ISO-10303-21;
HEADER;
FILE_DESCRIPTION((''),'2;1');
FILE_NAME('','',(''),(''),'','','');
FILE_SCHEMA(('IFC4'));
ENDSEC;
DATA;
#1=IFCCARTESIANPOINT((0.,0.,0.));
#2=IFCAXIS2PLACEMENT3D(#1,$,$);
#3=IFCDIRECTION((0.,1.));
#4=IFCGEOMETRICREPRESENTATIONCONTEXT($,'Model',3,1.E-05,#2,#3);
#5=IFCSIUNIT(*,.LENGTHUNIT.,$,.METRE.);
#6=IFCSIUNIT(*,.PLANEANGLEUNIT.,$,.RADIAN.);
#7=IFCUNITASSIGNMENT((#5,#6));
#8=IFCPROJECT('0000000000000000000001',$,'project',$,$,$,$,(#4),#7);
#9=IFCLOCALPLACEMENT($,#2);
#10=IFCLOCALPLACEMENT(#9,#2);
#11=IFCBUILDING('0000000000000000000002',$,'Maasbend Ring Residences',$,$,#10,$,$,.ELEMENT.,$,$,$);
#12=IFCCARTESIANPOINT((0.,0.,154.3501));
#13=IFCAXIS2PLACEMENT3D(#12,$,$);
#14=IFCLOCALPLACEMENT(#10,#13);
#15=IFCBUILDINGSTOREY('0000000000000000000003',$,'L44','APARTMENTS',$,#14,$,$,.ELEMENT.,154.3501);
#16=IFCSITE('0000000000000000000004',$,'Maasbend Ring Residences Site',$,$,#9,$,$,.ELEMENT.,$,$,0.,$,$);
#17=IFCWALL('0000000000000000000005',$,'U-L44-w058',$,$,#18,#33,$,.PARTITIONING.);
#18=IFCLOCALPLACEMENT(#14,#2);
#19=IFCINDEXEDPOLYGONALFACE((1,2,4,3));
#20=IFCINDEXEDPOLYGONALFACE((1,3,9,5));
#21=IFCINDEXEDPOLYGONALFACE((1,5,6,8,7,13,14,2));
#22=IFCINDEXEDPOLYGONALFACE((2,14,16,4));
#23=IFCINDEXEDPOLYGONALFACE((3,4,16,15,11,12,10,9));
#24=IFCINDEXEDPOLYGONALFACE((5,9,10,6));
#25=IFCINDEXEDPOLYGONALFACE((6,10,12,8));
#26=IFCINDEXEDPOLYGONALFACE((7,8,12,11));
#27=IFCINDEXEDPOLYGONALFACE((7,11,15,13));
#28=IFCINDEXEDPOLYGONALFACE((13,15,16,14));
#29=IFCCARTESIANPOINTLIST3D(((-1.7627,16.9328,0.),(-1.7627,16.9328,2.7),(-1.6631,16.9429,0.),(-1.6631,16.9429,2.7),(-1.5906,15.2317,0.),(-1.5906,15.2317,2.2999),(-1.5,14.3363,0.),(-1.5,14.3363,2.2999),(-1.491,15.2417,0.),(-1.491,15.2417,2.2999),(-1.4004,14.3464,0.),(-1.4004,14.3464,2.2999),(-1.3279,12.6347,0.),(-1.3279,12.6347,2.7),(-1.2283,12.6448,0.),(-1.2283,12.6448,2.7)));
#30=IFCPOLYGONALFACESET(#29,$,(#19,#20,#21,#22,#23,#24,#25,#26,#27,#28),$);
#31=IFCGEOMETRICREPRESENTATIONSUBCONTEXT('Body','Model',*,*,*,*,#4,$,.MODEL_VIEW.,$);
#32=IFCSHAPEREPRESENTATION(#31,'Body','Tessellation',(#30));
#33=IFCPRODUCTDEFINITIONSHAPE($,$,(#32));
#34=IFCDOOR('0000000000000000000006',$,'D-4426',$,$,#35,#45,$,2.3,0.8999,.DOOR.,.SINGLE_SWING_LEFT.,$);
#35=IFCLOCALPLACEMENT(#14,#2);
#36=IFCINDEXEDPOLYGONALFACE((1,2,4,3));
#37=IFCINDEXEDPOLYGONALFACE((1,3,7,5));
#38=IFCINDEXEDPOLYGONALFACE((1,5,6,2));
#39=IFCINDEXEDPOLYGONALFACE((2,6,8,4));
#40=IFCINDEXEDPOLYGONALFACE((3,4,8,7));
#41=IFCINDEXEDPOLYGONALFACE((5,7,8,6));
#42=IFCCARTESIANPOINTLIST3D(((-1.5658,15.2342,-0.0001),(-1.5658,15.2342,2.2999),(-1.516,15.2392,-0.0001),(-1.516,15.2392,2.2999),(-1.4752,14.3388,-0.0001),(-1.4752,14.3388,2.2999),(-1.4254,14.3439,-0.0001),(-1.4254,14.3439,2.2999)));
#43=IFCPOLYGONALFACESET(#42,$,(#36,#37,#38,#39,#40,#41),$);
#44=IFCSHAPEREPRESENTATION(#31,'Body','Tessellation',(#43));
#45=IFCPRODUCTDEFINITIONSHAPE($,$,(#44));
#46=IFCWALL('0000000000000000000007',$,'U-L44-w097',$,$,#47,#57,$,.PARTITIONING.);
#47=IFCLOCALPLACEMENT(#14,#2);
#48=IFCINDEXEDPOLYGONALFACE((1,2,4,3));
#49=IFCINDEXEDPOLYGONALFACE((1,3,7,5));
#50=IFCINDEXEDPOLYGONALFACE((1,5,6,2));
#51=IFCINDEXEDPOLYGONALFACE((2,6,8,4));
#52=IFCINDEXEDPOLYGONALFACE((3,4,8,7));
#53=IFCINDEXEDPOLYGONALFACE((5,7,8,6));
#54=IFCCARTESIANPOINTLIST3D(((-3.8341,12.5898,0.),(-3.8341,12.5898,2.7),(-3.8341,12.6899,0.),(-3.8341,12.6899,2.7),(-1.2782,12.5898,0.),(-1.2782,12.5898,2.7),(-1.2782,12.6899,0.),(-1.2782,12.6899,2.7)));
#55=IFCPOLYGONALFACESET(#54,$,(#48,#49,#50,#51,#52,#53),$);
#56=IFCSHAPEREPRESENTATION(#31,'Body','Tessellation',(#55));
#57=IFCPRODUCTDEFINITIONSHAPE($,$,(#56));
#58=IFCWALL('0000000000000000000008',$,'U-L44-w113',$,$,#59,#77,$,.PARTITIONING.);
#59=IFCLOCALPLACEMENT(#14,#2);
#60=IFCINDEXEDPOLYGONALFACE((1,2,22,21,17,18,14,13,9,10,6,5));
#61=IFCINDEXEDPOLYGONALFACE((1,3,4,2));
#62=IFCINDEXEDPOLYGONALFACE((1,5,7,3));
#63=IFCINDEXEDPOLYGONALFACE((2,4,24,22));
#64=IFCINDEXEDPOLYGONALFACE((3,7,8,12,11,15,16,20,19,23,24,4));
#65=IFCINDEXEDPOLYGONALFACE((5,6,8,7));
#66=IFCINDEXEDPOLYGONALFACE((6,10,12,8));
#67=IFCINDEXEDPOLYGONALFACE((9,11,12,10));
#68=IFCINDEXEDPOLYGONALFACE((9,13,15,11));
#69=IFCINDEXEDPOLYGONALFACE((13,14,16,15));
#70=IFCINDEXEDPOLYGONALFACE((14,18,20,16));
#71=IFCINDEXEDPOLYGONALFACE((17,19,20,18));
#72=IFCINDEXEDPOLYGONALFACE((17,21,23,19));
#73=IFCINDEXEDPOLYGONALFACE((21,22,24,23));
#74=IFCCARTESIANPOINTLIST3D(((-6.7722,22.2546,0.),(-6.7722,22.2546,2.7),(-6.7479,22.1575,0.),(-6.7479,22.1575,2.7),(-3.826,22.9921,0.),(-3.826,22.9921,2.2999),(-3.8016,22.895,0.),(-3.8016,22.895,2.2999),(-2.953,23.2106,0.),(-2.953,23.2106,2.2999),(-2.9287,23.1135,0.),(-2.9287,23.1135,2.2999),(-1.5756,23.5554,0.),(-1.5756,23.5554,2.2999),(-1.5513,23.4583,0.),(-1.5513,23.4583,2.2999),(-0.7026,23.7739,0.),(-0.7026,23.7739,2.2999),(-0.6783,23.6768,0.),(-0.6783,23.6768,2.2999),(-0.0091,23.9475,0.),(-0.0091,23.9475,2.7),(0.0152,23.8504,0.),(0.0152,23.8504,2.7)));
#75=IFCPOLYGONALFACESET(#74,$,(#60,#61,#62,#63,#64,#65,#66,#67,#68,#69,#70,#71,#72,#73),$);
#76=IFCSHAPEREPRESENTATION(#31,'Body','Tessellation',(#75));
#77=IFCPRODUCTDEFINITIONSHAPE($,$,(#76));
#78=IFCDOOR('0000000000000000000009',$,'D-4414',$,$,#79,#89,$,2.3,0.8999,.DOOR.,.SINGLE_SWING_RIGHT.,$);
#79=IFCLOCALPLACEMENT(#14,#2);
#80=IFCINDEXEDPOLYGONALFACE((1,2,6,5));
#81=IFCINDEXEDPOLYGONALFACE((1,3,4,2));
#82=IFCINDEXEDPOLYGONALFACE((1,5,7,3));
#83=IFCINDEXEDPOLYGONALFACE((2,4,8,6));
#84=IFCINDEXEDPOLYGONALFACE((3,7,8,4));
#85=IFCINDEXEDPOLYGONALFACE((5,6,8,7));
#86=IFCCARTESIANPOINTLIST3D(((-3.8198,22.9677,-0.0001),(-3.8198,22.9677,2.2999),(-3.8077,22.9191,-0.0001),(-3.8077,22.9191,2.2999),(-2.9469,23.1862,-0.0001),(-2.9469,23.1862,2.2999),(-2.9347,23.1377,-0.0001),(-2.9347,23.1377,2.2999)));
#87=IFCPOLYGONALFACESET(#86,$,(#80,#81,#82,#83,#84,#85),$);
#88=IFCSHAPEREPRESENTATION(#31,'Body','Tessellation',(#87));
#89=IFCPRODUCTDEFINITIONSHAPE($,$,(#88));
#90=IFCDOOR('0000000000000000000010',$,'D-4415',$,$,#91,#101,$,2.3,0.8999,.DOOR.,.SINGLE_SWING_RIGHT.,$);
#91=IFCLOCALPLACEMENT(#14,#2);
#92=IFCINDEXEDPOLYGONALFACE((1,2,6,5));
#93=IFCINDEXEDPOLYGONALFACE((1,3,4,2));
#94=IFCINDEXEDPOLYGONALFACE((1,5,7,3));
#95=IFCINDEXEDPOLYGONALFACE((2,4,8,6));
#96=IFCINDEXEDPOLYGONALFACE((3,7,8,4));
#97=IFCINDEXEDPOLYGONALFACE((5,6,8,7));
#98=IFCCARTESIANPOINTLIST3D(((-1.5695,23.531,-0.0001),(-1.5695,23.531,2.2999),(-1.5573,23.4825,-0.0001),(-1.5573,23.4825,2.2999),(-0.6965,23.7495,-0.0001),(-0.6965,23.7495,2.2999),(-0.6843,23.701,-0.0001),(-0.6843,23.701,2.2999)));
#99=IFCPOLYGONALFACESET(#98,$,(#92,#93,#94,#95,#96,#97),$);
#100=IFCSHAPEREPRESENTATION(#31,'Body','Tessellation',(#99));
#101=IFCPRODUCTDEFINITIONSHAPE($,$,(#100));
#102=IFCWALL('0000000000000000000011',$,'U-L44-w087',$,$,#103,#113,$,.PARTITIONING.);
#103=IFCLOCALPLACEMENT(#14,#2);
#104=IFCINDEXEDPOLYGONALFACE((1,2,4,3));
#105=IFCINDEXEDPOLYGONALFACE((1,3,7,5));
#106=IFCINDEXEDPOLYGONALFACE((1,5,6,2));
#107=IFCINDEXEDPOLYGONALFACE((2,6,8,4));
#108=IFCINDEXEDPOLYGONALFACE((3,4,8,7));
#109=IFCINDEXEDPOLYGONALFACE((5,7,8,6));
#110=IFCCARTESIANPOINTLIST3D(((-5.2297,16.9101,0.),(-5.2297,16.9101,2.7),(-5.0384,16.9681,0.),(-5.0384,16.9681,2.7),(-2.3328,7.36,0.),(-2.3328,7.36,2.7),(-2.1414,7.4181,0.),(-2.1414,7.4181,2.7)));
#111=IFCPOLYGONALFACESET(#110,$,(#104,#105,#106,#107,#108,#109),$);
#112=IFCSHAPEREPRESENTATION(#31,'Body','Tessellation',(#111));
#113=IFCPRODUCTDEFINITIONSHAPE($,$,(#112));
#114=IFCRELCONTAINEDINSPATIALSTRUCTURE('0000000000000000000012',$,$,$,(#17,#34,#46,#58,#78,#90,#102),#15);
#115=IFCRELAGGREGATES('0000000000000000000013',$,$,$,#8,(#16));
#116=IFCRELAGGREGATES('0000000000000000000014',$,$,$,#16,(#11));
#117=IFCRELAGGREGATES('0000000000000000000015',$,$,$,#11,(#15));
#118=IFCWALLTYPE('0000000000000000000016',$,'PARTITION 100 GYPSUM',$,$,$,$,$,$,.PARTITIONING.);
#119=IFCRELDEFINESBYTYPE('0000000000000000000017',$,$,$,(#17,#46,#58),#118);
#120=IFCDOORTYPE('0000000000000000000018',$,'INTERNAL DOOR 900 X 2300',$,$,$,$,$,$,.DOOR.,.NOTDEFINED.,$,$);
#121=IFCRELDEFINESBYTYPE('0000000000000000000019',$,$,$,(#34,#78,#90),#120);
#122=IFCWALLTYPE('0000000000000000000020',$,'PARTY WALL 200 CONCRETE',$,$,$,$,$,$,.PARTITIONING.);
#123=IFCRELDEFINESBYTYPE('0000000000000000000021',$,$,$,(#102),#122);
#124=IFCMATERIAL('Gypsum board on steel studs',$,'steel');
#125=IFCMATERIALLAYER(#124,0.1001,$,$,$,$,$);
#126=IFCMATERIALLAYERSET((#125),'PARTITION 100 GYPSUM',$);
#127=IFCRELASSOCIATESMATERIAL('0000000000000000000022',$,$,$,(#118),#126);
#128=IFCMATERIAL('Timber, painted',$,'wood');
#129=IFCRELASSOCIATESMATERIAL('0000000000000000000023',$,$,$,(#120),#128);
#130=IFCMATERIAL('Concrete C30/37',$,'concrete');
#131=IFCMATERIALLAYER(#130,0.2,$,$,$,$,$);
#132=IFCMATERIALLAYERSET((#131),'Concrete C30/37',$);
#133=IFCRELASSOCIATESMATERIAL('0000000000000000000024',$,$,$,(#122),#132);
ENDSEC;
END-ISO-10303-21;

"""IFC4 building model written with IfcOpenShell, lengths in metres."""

from ifc_helpers import new_model, si_unit, direction, frame, frame_2d, origin, place, context, subcontext, project, spatial, rectangle, extrude, material, layer, layer_set, type_object, element, fill, save


model = new_model("IFC4")

# Units and contexts
model_context = context("Model", 3, precision=1e-05, world=origin(), true_north=direction((0.0, 1.0)))
body_context = subcontext(model_context, "Body", "Model", "MODEL_VIEW")
ifc_project = project(units=[si_unit("LENGTHUNIT", "METRE"), si_unit("PLANEANGLEUNIT", "RADIAN")], contexts=[model_context])

# Site, building, storey
site_placement = place(None, origin())
site = spatial("IfcSite", under=ifc_project, at=site_placement, Name="Maasbend Ring Residences Site", CompositionType="ELEMENT", RefElevation=0.0)
building_placement = place(site_placement, origin())
building = spatial("IfcBuilding", under=site, at=building_placement, Name="Maasbend Ring Residences", CompositionType="ELEMENT")
storey_placement = place(building_placement, frame((0.0, 0.0, 154.3501)))
storey = spatial("IfcBuildingStorey", under=building, at=storey_placement, Name="L44", Description="APARTMENTS", CompositionType="ELEMENT", Elevation=154.3501)

# Shared definitions
ifc_material_1 = material(Name="Gypsum board on steel studs", Category="steel")
ifc_layer_1 = layer(ifc_material_1, 0.1001)
ifc_layer_set_1 = layer_set([ifc_layer_1], Name="PARTITION 100 GYPSUM")
wall_type_1 = type_object("IfcWallType", Name="PARTITION 100 GYPSUM", PredefinedType="PARTITIONING", material=ifc_layer_set_1)

# Shared definitions
ifc_material_2 = material(Name="Timber, painted", Category="wood")
door_type_1 = type_object("IfcDoorType", Name="INTERNAL DOOR 900 X 2300", OperationType="NOTDEFINED", PredefinedType="DOOR", material=ifc_material_2)

# Wall, opening, door
wall_1_placement = place(storey_placement, frame((-1.7129, 16.938, 0.0), z_axis=(0.0, 0.0, 1.0), x_axis=(0.100651, -0.994922, 0.0)))
wall_1 = element("IfcWall", 1, at=wall_1_placement, inside=storey, type_object=wall_type_1, Name="U-L44-w058", PredefinedType="PARTITIONING", context=body_context, shape_type="SweptSolid", body=[
    extrude(rectangle(XDim=4.3201, YDim=0.1001, at=frame_2d((2.1602, 0.0))), origin(), (0.0, 0.0, 1.0), 2.7),
])
opening_1_placement = place(wall_1_placement, frame((1.71, 0.0, 0.0)))
opening_1 = element("IfcOpeningElement", 2, at=opening_1_placement, cuts=wall_1, PredefinedType="OPENING", context=body_context, shape_type="SweptSolid", body=[
    extrude(rectangle(XDim=0.8999, YDim=2.3, at=frame_2d((0.45, 1.1499))), frame((0.0, 0.0601, 0.0), z_axis=(0.0, -1.0, 0.0), x_axis=(1.0, 0.0, 0.0)), (0.0, 0.0, 1.0), 0.1201),
])
door_1_placement = place(opening_1_placement, origin())
door_1 = element("IfcDoor", 3, at=door_1_placement, inside=storey, type_object=door_type_1, Name="D-4426", OperationType="SINGLE_SWING_LEFT", OverallHeight=2.3, OverallWidth=0.8999, PredefinedType="DOOR", context=body_context, shape_type="SweptSolid", body=[
    extrude(rectangle(XDim=0.8999, YDim=2.3, at=frame_2d((0.45, 1.1499))), frame((0.0, 0.0249, 0.0), z_axis=(0.0, -1.0, 0.0), x_axis=(1.0, 0.0, 0.0)), (0.0, 0.0, 1.0), 0.05),
])
fill(opening_1, door_1)

# Wall
wall_2_placement = place(storey_placement, frame((-3.834, 12.6399, 0.0), z_axis=(0.0, 0.0, 1.0), x_axis=(1.0, 0.0, 0.0)))
element("IfcWall", 4, at=wall_2_placement, inside=storey, type_object=wall_type_1, Name="U-L44-w097", PredefinedType="PARTITIONING", context=body_context, shape_type="SweptSolid", body=[
    extrude(rectangle(XDim=2.5559, YDim=0.1001, at=frame_2d((1.2778, 0.0))), origin(), (0.0, 0.0, 1.0), 2.7),
])

# Wall, openings, doors
wall_3_placement = place(storey_placement, frame((-6.76, 22.2061, 0.0), z_axis=(0.0, 0.0, 1.0), x_axis=(0.97007, 0.242824, 0.0)))
wall_3 = element("IfcWall", 5, at=wall_3_placement, inside=storey, type_object=wall_type_1, Name="U-L44-w113", PredefinedType="PARTITIONING", context=body_context, shape_type="SweptSolid", body=[
    extrude(rectangle(XDim=6.9717, YDim=0.1001, at=frame_2d((3.4858, 0.0))), origin(), (0.0, 0.0, 1.0), 2.7),
])
opening_2_placement = place(wall_3_placement, frame((3.0371, 0.0, 0.0)))
opening_2 = element("IfcOpeningElement", 6, at=opening_2_placement, cuts=wall_3, PredefinedType="OPENING", context=body_context, shape_type="SweptSolid", body=[
    extrude(rectangle(XDim=0.8999, YDim=2.3, at=frame_2d((0.45, 1.1499))), frame((0.0, 0.0601, 0.0), z_axis=(0.0, -1.0, 0.0), x_axis=(1.0, 0.0, 0.0)), (0.0, 0.0, 1.0), 0.1201),
])
opening_3_placement = place(wall_3_placement, frame((5.3569, 0.0, 0.0)))
opening_3 = element("IfcOpeningElement", 7, at=opening_3_placement, cuts=wall_3, PredefinedType="OPENING", context=body_context, shape_type="SweptSolid", body=[
    extrude(rectangle(XDim=0.8999, YDim=2.3, at=frame_2d((0.45, 1.1499))), frame((0.0, 0.0601, 0.0), z_axis=(0.0, -1.0, 0.0), x_axis=(1.0, 0.0, 0.0)), (0.0, 0.0, 1.0), 0.1201),
])
door_2_placement = place(opening_2_placement, origin())
door_2 = element("IfcDoor", 8, at=door_2_placement, inside=storey, type_object=door_type_1, Name="D-4414", OperationType="SINGLE_SWING_RIGHT", OverallHeight=2.3, OverallWidth=0.8999, PredefinedType="DOOR", context=body_context, shape_type="SweptSolid", body=[
    extrude(rectangle(XDim=0.8999, YDim=2.3, at=frame_2d((0.45, 1.1499))), frame((0.0, 0.0249, 0.0), z_axis=(0.0, -1.0, 0.0), x_axis=(1.0, 0.0, 0.0)), (0.0, 0.0, 1.0), 0.05),
])
fill(opening_2, door_2)
door_3_placement = place(opening_3_placement, origin())
door_3 = element("IfcDoor", 9, at=door_3_placement, inside=storey, type_object=door_type_1, Name="D-4415", OperationType="SINGLE_SWING_RIGHT", OverallHeight=2.3, OverallWidth=0.8999, PredefinedType="DOOR", context=body_context, shape_type="SweptSolid", body=[
    extrude(rectangle(XDim=0.8999, YDim=2.3, at=frame_2d((0.45, 1.1499))), frame((0.0, 0.0249, 0.0), z_axis=(0.0, -1.0, 0.0), x_axis=(1.0, 0.0, 0.0)), (0.0, 0.0, 1.0), 0.05),
])
fill(opening_3, door_3)

# Wall
ifc_material_3 = material(Name="Concrete C30/37", Category="concrete")
ifc_layer_2 = layer(ifc_material_3, 0.2)
ifc_layer_set_2 = layer_set([ifc_layer_2], Name="Concrete C30/37")
wall_type_2 = type_object("IfcWallType", Name="PARTY WALL 200 CONCRETE", PredefinedType="PARTITIONING", material=ifc_layer_set_2)
wall_4_placement = place(storey_placement, frame((-5.134, 16.939, 0.0), z_axis=(0.0, 0.0, 1.0), x_axis=(0.290284, -0.95694, 0.0)))
element("IfcWall", 10, at=wall_4_placement, inside=storey, type_object=wall_type_2, Name="U-L44-w087", PredefinedType="PARTITIONING", context=body_context, shape_type="SweptSolid", body=[
    extrude(rectangle(XDim=9.9797, YDim=0.2, at=frame_2d((4.9897, 0.0))), origin(), (0.0, 0.0, 1.0), 2.7),
])

save(model, "model.ifc")
